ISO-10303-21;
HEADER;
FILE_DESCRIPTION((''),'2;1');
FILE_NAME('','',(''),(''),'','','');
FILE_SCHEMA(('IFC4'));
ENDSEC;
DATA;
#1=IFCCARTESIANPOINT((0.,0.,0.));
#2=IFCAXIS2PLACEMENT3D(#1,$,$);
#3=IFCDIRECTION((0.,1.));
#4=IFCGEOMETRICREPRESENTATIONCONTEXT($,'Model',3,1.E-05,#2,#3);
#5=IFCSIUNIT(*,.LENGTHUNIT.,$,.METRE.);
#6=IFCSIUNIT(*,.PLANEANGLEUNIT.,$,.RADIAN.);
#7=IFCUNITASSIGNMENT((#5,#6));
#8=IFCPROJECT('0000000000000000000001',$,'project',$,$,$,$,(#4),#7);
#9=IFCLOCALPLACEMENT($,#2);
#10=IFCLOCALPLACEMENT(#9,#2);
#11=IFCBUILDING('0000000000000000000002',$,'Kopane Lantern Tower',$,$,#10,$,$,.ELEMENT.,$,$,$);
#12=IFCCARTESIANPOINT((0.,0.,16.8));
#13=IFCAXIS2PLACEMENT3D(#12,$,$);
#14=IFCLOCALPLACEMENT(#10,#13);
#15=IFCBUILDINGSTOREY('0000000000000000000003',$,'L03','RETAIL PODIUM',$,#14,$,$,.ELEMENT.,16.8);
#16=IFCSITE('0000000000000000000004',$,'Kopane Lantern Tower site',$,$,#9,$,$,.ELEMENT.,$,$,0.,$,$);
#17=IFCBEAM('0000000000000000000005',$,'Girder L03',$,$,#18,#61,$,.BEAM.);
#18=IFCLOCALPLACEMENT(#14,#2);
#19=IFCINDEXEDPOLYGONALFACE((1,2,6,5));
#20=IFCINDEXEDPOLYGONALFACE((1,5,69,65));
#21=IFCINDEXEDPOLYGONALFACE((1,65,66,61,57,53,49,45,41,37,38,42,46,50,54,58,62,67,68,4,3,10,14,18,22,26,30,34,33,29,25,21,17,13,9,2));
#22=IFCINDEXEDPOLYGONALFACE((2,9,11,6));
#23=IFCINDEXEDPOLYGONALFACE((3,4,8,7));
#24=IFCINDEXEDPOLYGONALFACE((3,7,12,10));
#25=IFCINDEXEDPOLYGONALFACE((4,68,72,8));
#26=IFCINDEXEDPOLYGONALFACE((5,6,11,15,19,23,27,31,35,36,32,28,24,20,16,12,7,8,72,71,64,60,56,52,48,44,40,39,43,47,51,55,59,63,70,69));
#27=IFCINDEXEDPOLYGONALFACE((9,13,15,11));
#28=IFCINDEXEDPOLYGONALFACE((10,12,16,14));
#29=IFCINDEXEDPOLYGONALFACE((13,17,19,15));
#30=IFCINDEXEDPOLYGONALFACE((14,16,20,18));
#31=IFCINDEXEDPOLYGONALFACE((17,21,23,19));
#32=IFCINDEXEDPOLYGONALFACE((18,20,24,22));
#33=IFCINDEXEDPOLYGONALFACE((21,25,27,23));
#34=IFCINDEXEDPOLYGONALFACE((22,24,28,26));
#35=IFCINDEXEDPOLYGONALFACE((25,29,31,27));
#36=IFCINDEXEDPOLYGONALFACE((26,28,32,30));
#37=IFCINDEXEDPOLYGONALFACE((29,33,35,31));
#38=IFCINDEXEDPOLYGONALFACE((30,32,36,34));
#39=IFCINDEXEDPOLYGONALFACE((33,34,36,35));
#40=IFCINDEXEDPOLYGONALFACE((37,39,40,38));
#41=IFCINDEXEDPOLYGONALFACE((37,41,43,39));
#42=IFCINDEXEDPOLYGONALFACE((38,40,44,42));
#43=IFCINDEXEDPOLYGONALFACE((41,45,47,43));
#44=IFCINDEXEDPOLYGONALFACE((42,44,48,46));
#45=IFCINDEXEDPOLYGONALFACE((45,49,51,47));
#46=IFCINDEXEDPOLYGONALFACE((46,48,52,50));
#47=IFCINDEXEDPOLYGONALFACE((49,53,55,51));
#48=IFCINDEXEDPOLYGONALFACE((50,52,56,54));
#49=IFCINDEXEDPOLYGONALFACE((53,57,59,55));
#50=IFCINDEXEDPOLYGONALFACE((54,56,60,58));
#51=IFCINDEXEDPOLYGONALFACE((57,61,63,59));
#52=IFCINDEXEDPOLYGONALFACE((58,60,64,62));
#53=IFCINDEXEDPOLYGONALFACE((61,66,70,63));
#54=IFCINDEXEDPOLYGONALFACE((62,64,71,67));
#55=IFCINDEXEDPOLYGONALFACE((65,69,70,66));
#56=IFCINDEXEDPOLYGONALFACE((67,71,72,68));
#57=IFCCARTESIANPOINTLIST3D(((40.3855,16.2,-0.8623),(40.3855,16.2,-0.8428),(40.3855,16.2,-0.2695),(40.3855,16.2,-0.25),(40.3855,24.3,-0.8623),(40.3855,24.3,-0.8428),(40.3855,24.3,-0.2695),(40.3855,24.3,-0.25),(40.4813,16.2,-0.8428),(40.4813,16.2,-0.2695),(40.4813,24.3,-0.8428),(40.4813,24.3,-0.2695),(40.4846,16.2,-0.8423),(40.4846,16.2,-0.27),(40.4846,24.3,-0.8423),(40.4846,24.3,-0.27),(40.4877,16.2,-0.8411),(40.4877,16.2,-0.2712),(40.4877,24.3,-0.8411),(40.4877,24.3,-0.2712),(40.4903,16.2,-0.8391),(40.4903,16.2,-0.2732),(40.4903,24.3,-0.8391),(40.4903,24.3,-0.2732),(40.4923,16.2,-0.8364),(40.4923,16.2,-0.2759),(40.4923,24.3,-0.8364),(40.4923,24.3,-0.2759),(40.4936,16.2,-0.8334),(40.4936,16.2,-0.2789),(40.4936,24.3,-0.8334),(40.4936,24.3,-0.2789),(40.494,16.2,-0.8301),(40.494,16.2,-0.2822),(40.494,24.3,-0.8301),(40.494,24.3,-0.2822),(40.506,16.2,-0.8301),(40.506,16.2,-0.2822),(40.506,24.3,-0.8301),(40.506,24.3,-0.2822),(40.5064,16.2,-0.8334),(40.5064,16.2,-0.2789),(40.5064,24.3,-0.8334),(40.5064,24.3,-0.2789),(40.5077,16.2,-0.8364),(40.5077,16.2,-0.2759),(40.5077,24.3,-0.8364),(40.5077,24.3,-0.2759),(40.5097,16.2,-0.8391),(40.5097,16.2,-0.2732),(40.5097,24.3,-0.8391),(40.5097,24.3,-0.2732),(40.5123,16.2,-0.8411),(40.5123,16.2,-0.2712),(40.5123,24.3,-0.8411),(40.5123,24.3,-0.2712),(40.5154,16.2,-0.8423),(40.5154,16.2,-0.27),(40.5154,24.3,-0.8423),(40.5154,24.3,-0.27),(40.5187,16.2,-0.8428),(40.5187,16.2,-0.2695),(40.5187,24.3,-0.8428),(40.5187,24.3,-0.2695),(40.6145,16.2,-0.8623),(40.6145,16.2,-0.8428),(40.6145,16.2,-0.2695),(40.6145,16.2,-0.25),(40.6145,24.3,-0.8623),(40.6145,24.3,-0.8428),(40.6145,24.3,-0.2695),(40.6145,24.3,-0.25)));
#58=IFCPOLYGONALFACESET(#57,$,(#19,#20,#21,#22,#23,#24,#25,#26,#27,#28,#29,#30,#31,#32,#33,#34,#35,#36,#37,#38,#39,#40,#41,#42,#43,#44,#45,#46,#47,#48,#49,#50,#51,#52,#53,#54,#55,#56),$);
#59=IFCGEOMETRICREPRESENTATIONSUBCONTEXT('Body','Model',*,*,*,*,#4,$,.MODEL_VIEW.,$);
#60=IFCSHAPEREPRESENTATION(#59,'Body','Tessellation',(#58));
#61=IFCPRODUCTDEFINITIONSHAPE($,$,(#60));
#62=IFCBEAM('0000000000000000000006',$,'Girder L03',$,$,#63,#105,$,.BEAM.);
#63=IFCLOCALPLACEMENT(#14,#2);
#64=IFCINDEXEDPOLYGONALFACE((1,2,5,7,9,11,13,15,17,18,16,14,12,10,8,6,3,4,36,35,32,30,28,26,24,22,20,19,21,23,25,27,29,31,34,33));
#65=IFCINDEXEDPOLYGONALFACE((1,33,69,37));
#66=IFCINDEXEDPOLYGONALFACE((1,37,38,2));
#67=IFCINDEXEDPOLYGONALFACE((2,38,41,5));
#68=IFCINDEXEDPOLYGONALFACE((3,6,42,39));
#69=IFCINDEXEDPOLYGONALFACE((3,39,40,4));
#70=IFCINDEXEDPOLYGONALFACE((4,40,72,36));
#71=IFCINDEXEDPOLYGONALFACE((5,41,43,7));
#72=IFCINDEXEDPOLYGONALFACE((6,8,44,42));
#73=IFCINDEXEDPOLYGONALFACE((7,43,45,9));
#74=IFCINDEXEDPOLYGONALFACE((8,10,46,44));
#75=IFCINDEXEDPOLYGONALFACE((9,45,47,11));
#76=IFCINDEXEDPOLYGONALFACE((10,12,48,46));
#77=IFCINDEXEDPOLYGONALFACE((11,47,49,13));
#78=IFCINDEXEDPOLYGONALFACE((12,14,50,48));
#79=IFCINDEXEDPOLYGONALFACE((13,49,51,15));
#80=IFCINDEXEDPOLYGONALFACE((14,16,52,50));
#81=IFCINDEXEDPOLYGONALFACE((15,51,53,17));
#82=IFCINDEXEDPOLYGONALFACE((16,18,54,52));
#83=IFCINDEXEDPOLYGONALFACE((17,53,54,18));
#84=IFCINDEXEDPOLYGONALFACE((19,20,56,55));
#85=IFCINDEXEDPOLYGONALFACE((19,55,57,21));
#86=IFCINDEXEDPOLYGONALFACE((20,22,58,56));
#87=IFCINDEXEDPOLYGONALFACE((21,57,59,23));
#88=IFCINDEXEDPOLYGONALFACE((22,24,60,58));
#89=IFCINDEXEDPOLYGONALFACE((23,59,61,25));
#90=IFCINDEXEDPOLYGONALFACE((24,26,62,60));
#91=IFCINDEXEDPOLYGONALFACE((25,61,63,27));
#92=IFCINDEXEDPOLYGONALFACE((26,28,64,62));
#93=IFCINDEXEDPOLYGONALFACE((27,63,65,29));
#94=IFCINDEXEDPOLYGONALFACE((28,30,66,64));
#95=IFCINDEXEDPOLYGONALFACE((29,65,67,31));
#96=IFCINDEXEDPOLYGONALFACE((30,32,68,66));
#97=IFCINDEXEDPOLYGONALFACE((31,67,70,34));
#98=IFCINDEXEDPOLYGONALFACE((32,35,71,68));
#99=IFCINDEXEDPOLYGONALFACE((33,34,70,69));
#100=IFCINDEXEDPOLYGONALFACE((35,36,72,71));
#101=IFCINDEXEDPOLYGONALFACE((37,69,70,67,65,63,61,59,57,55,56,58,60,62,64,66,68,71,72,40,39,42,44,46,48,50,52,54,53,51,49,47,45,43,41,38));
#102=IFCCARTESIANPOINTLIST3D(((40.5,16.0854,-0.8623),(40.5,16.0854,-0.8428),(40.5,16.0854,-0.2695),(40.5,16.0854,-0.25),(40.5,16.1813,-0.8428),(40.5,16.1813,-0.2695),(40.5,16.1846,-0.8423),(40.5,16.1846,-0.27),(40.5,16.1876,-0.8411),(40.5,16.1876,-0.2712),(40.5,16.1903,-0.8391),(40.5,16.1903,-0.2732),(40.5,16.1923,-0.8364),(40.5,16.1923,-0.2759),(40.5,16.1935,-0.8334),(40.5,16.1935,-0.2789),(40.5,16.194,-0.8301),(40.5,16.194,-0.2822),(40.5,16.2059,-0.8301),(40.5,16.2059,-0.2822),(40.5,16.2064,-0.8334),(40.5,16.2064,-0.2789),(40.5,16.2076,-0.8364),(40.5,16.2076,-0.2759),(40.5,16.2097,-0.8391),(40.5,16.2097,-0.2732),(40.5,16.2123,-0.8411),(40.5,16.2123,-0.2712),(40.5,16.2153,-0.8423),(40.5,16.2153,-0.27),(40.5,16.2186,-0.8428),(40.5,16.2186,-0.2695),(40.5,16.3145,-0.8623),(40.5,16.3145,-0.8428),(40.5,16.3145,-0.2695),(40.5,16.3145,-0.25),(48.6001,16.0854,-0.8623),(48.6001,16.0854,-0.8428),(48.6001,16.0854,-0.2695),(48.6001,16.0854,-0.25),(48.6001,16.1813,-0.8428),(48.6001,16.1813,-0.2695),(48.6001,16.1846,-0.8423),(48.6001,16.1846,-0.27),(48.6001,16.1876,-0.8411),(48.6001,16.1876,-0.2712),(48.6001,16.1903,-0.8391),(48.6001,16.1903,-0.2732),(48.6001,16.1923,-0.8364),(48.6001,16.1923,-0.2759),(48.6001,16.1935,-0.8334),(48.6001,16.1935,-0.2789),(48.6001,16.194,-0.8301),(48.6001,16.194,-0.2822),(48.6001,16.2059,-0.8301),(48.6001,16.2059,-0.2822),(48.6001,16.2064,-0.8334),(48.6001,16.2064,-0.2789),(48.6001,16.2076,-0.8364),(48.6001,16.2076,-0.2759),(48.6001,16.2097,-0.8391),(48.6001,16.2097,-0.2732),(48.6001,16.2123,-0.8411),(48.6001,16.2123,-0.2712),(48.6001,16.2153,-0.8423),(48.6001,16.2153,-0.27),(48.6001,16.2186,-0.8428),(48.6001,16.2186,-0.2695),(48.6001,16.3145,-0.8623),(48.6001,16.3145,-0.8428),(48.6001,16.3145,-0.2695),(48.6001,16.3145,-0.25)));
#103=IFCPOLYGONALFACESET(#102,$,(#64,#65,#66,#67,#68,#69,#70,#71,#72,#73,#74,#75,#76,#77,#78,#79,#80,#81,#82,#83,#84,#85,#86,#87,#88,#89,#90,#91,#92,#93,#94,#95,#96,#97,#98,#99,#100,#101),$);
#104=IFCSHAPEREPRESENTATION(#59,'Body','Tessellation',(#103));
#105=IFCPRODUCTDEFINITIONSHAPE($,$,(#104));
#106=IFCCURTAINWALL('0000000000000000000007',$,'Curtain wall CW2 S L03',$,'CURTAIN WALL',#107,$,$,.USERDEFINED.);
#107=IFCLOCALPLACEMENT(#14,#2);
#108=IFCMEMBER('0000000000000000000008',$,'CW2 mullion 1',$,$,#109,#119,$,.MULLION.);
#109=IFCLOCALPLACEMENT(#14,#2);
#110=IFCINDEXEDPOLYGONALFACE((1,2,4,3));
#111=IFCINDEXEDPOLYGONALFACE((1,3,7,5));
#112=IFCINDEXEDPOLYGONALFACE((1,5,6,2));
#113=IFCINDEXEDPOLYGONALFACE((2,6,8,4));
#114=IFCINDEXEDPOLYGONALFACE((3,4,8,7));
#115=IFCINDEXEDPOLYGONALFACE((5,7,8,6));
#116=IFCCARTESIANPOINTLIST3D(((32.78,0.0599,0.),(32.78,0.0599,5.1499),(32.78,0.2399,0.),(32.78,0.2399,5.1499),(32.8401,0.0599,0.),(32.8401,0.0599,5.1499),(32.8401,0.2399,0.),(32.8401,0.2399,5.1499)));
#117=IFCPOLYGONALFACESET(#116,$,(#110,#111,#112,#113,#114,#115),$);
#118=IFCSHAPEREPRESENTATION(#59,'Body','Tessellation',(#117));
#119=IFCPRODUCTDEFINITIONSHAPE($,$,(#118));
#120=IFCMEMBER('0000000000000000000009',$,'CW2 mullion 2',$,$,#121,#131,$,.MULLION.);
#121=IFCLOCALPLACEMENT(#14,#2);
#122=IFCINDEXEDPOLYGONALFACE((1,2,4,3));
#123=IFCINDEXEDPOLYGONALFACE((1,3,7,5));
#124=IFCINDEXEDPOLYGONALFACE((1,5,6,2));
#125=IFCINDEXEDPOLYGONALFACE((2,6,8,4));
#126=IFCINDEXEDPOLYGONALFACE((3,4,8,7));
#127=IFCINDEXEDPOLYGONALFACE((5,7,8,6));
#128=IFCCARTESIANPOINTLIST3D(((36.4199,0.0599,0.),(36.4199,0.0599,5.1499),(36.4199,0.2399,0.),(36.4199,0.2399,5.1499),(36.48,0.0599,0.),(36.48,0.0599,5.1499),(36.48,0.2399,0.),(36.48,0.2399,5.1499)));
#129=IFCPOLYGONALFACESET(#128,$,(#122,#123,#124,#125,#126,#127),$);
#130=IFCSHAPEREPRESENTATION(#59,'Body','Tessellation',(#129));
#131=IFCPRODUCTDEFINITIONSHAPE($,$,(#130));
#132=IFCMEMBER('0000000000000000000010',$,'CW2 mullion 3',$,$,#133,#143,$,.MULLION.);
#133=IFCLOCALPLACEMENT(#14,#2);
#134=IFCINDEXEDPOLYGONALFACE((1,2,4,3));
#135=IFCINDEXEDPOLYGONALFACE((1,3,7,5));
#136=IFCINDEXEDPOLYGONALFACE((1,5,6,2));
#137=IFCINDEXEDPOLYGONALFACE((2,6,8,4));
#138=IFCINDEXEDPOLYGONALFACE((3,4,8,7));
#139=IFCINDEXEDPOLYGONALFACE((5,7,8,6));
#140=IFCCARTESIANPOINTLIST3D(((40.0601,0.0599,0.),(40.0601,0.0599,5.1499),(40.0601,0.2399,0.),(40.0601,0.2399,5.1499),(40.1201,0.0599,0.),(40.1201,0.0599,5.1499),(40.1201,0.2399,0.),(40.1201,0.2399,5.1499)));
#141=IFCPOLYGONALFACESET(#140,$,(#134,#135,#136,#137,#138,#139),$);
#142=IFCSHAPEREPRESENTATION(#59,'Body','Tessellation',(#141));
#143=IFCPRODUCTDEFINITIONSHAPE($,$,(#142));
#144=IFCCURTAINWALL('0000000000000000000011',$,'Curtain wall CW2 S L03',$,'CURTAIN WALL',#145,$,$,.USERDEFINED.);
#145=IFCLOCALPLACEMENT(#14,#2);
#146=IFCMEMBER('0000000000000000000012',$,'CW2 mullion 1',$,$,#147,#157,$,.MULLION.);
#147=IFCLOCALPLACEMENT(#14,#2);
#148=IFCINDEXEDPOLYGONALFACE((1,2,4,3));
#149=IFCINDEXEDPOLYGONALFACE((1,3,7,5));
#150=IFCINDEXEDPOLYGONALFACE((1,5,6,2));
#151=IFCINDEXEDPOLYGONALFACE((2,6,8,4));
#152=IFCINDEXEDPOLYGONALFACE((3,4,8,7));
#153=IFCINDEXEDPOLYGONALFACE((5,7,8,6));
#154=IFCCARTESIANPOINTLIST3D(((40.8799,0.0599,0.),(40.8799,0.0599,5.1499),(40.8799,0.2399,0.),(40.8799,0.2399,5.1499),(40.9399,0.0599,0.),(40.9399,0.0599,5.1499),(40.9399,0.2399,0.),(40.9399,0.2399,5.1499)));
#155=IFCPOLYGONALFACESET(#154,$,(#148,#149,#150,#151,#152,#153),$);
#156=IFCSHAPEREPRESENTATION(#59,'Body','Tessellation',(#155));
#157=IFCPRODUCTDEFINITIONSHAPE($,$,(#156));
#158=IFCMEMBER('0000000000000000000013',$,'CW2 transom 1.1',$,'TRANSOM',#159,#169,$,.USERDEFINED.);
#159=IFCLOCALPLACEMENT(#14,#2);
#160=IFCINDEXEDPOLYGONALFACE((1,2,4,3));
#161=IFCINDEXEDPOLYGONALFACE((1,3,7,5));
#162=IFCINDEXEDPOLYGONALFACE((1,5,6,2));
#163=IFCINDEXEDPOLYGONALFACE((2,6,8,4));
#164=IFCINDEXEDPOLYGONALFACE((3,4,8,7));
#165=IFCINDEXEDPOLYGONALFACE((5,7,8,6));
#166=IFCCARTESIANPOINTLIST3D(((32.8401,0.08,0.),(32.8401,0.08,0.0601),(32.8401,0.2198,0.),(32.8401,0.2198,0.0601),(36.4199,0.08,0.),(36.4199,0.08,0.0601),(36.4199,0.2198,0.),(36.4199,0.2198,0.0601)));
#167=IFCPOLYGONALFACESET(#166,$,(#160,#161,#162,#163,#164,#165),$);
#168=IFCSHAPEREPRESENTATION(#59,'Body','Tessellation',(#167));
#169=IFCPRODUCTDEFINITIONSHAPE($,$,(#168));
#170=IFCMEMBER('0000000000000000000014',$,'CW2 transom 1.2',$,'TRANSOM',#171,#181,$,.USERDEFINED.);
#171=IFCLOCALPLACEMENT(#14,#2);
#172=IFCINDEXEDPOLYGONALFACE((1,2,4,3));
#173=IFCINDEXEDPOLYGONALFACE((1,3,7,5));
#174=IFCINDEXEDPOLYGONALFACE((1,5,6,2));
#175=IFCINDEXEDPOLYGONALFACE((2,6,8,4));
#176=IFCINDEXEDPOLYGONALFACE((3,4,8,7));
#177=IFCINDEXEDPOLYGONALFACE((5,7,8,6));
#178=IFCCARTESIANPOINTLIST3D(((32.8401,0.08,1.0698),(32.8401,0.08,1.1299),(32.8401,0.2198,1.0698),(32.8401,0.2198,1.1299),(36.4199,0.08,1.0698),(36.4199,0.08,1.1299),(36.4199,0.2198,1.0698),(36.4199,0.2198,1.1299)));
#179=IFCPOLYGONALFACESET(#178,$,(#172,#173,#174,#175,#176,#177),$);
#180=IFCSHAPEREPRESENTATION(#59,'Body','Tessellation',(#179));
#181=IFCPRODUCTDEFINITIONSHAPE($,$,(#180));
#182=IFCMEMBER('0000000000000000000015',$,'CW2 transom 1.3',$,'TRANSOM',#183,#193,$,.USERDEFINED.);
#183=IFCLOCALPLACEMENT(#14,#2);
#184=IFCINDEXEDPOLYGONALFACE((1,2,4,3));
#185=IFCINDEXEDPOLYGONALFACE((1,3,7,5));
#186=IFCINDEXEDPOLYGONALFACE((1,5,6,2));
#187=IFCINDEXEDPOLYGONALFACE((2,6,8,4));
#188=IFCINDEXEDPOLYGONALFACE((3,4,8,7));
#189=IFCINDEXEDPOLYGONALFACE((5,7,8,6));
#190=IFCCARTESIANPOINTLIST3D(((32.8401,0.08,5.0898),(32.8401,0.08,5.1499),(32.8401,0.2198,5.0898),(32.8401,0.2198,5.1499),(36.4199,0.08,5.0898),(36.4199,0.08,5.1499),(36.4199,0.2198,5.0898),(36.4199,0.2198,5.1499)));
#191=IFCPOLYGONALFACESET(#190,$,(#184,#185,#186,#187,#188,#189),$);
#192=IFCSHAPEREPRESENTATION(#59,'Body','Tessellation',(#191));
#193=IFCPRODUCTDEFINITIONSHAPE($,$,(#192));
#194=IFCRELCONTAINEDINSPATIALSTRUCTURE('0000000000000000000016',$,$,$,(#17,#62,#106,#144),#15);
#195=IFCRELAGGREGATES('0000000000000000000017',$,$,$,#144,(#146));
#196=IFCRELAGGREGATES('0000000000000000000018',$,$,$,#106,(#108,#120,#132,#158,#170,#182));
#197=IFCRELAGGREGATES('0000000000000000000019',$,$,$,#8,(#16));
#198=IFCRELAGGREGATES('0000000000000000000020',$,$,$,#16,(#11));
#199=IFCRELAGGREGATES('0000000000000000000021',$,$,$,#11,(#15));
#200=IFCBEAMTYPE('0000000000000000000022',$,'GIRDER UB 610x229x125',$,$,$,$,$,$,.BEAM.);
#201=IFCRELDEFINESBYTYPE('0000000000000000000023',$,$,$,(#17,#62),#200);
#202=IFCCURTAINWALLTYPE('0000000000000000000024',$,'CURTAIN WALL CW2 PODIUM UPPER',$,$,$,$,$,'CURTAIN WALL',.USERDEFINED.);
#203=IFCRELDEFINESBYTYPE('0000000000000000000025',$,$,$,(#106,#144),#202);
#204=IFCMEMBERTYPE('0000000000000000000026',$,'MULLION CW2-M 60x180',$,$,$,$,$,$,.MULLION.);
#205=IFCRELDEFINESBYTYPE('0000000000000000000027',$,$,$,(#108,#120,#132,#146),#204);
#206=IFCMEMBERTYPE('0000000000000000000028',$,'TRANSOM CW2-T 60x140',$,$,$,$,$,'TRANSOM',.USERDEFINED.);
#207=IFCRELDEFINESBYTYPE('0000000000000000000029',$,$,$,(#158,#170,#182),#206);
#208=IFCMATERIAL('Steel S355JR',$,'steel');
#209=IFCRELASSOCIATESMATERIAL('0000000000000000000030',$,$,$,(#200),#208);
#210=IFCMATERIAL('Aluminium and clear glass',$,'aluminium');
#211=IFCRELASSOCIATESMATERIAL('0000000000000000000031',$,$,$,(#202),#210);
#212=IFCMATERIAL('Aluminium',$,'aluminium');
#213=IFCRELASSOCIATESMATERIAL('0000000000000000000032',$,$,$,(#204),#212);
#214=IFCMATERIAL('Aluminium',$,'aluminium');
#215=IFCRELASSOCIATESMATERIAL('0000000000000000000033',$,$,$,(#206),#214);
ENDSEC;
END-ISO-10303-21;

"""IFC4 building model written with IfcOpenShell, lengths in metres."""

from ifc_helpers import new_model, si_unit, direction, frame, origin, origin_2d, place, context, subcontext, project, spatial, rectangle, i_section, extrude, material, material_profile, profile_set, type_object, element, aggregate, save


model = new_model("IFC4")

# Units and contexts
model_context = context("Model", 3, precision=1e-05, world=origin(), true_north=direction((0.0, 1.0)))
body_context = subcontext(model_context, "Body", "Model", "MODEL_VIEW")
ifc_project = project(units=[si_unit("LENGTHUNIT", "METRE"), si_unit("PLANEANGLEUNIT", "RADIAN")], contexts=[model_context])

# Site, building, storey
site_placement = place(None, origin())
site = spatial("IfcSite", under=ifc_project, at=site_placement, Name="Kopane Lantern Tower site", CompositionType="ELEMENT", RefElevation=0.0)
building_placement = place(site_placement, origin())
building = spatial("IfcBuilding", under=site, at=building_placement, Name="Kopane Lantern Tower", CompositionType="ELEMENT")
storey_placement = place(building_placement, frame((0.0, 0.0, 16.8)))
storey = spatial("IfcBuildingStorey", under=building, at=storey_placement, Name="L03", Description="RETAIL PODIUM", CompositionType="ELEMENT", Elevation=16.8)

# Beams
ifc_material_1 = material(Name="Steel S355JR", Category="steel")
ifc_material_profile_1 = material_profile(ifc_material_1, i_section(OverallWidth=0.229, OverallDepth=0.6123, WebThickness=0.012, FlangeThickness=0.0195, FilletRadius=0.0127, at=origin_2d()), Name="UB 610x229x125")
ifc_profile_set_1 = profile_set([ifc_material_profile_1], Name="Steel S355JR")
beam_type = type_object("IfcBeamType", Name="GIRDER UB 610x229x125", PredefinedType="BEAM", material=ifc_profile_set_1)
for number, where, z_axis, x_axis, name in (
    (1, (40.5, 16.2, -0.5562), (0.0, 1.0, 0.0), (-1.0, 0.0, 0.0), "Girder L03"),
    (2, (40.5, 16.2, -0.5562), (1.0, 0.0, 0.0), (0.0, 1.0, 0.0), "Girder L03"),
):
    element("IfcBeam", number, at=place(storey_placement, frame(where, z_axis=z_axis, x_axis=x_axis)), inside=storey, type_object=beam_type, Name=name, PredefinedType="BEAM", context=body_context, shape_type="SweptSolid", body=[
        extrude(i_section(OverallWidth=0.229, OverallDepth=0.6123, WebThickness=0.012, FlangeThickness=0.0195, FilletRadius=0.0127, at=origin_2d()), origin(), (0.0, 0.0, 1.0), 8.1001),
    ])

# Curtain wall, members
ifc_material_2 = material(Name="Aluminium and clear glass", Category="aluminium")
curtain_wall_type = type_object("IfcCurtainWallType", Name="CURTAIN WALL CW2 PODIUM UPPER", ElementType="CURTAIN WALL", PredefinedType="USERDEFINED", material=ifc_material_2)
curtain_wall_1_placement = place(storey_placement, origin())
curtain_wall_1 = element("IfcCurtainWall", 3, at=curtain_wall_1_placement, inside=storey, type_object=curtain_wall_type, Name="Curtain wall CW2 S L03", ObjectType="CURTAIN WALL", PredefinedType="USERDEFINED")
ifc_material_3 = material(Name="Aluminium", Category="aluminium")
ifc_material_profile_2 = material_profile(ifc_material_3, rectangle(XDim=0.0601, YDim=0.1799, at=origin_2d()), Name="AL 60x180")
ifc_profile_set_2 = profile_set([ifc_material_profile_2], Name="Aluminium")
member_type_1 = type_object("IfcMemberType", Name="MULLION CW2-M 60x180", PredefinedType="MULLION", material=ifc_profile_set_2)
member_1_placement = place(storey_placement, frame((32.8101, 0.1499, 0.0), z_axis=(0.0, 0.0, 1.0), x_axis=(1.0, 0.0, 0.0)))
member_1 = element("IfcMember", 4, at=member_1_placement, type_object=member_type_1, Name="CW2 mullion 1", PredefinedType="MULLION", context=body_context, shape_type="SweptSolid", body=[
    extrude(rectangle(XDim=0.0601, YDim=0.1799, at=origin_2d()), origin(), (0.0, 0.0, 1.0), 5.1499),
])
member_2_placement = place(storey_placement, frame((36.45, 0.1499, 0.0), z_axis=(0.0, 0.0, 1.0), x_axis=(1.0, 0.0, 0.0)))
member_2 = element("IfcMember", 5, at=member_2_placement, type_object=member_type_1, Name="CW2 mullion 2", PredefinedType="MULLION", context=body_context, shape_type="SweptSolid", body=[
    extrude(rectangle(XDim=0.0601, YDim=0.1799, at=origin_2d()), origin(), (0.0, 0.0, 1.0), 5.1499),
])
member_3_placement = place(storey_placement, frame((40.0901, 0.1499, 0.0), z_axis=(0.0, 0.0, 1.0), x_axis=(1.0, 0.0, 0.0)))
member_3 = element("IfcMember", 6, at=member_3_placement, type_object=member_type_1, Name="CW2 mullion 3", PredefinedType="MULLION", context=body_context, shape_type="SweptSolid", body=[
    extrude(rectangle(XDim=0.0601, YDim=0.1799, at=origin_2d()), origin(), (0.0, 0.0, 1.0), 5.1499),
])

# Curtain wall, member
curtain_wall_2_placement = place(storey_placement, origin())
curtain_wall_2 = element("IfcCurtainWall", 7, at=curtain_wall_2_placement, inside=storey, type_object=curtain_wall_type, Name="Curtain wall CW2 S L03", ObjectType="CURTAIN WALL", PredefinedType="USERDEFINED")
member_4_placement = place(storey_placement, frame((40.9099, 0.1499, 0.0), z_axis=(0.0, 0.0, 1.0), x_axis=(1.0, 0.0, 0.0)))
member_4 = element("IfcMember", 8, at=member_4_placement, type_object=member_type_1, Name="CW2 mullion 1", PredefinedType="MULLION", context=body_context, shape_type="SweptSolid", body=[
    extrude(rectangle(XDim=0.0601, YDim=0.1799, at=origin_2d()), origin(), (0.0, 0.0, 1.0), 5.1499),
])

# Members
ifc_material_4 = material(Name="Aluminium", Category="aluminium")
ifc_material_profile_3 = material_profile(ifc_material_4, rectangle(XDim=0.1399, YDim=0.0601, at=origin_2d()), Name="AL 140x60")
ifc_profile_set_3 = profile_set([ifc_material_profile_3], Name="Aluminium")
member_type_2 = type_object("IfcMemberType", Name="TRANSOM CW2-T 60x140", ElementType="TRANSOM", PredefinedType="USERDEFINED", material=ifc_profile_set_3)
member_5_placement = place(storey_placement, frame((32.8401, 0.1499, 0.03), z_axis=(1.0, 0.0, 0.0), x_axis=(0.0, 1.0, 0.0)))
member_5 = element("IfcMember", 9, at=member_5_placement, type_object=member_type_2, Name="CW2 transom 1.1", ObjectType="TRANSOM", PredefinedType="USERDEFINED", context=body_context, shape_type="SweptSolid", body=[
    extrude(rectangle(XDim=0.1399, YDim=0.0601, at=origin_2d()), origin(), (0.0, 0.0, 1.0), 3.5798),
])
member_6_placement = place(storey_placement, frame((32.8401, 0.1499, 1.0999), z_axis=(1.0, 0.0, 0.0), x_axis=(0.0, 1.0, 0.0)))
member_6 = element("IfcMember", 10, at=member_6_placement, type_object=member_type_2, Name="CW2 transom 1.2", ObjectType="TRANSOM", PredefinedType="USERDEFINED", context=body_context, shape_type="SweptSolid", body=[
    extrude(rectangle(XDim=0.1399, YDim=0.0601, at=origin_2d()), origin(), (0.0, 0.0, 1.0), 3.5798),
])
member_7_placement = place(storey_placement, frame((32.8401, 0.1499, 5.1199), z_axis=(1.0, 0.0, 0.0), x_axis=(0.0, 1.0, 0.0)))
member_7 = element("IfcMember", 11, at=member_7_placement, type_object=member_type_2, Name="CW2 transom 1.3", ObjectType="TRANSOM", PredefinedType="USERDEFINED", context=body_context, shape_type="SweptSolid", body=[
    extrude(rectangle(XDim=0.1399, YDim=0.0601, at=origin_2d()), origin(), (0.0, 0.0, 1.0), 3.5798),
])
aggregate(curtain_wall_2, [member_4])

aggregate(curtain_wall_1, [member_1, member_2, member_3, member_5, member_6, member_7])

save(model, "model.ifc")
